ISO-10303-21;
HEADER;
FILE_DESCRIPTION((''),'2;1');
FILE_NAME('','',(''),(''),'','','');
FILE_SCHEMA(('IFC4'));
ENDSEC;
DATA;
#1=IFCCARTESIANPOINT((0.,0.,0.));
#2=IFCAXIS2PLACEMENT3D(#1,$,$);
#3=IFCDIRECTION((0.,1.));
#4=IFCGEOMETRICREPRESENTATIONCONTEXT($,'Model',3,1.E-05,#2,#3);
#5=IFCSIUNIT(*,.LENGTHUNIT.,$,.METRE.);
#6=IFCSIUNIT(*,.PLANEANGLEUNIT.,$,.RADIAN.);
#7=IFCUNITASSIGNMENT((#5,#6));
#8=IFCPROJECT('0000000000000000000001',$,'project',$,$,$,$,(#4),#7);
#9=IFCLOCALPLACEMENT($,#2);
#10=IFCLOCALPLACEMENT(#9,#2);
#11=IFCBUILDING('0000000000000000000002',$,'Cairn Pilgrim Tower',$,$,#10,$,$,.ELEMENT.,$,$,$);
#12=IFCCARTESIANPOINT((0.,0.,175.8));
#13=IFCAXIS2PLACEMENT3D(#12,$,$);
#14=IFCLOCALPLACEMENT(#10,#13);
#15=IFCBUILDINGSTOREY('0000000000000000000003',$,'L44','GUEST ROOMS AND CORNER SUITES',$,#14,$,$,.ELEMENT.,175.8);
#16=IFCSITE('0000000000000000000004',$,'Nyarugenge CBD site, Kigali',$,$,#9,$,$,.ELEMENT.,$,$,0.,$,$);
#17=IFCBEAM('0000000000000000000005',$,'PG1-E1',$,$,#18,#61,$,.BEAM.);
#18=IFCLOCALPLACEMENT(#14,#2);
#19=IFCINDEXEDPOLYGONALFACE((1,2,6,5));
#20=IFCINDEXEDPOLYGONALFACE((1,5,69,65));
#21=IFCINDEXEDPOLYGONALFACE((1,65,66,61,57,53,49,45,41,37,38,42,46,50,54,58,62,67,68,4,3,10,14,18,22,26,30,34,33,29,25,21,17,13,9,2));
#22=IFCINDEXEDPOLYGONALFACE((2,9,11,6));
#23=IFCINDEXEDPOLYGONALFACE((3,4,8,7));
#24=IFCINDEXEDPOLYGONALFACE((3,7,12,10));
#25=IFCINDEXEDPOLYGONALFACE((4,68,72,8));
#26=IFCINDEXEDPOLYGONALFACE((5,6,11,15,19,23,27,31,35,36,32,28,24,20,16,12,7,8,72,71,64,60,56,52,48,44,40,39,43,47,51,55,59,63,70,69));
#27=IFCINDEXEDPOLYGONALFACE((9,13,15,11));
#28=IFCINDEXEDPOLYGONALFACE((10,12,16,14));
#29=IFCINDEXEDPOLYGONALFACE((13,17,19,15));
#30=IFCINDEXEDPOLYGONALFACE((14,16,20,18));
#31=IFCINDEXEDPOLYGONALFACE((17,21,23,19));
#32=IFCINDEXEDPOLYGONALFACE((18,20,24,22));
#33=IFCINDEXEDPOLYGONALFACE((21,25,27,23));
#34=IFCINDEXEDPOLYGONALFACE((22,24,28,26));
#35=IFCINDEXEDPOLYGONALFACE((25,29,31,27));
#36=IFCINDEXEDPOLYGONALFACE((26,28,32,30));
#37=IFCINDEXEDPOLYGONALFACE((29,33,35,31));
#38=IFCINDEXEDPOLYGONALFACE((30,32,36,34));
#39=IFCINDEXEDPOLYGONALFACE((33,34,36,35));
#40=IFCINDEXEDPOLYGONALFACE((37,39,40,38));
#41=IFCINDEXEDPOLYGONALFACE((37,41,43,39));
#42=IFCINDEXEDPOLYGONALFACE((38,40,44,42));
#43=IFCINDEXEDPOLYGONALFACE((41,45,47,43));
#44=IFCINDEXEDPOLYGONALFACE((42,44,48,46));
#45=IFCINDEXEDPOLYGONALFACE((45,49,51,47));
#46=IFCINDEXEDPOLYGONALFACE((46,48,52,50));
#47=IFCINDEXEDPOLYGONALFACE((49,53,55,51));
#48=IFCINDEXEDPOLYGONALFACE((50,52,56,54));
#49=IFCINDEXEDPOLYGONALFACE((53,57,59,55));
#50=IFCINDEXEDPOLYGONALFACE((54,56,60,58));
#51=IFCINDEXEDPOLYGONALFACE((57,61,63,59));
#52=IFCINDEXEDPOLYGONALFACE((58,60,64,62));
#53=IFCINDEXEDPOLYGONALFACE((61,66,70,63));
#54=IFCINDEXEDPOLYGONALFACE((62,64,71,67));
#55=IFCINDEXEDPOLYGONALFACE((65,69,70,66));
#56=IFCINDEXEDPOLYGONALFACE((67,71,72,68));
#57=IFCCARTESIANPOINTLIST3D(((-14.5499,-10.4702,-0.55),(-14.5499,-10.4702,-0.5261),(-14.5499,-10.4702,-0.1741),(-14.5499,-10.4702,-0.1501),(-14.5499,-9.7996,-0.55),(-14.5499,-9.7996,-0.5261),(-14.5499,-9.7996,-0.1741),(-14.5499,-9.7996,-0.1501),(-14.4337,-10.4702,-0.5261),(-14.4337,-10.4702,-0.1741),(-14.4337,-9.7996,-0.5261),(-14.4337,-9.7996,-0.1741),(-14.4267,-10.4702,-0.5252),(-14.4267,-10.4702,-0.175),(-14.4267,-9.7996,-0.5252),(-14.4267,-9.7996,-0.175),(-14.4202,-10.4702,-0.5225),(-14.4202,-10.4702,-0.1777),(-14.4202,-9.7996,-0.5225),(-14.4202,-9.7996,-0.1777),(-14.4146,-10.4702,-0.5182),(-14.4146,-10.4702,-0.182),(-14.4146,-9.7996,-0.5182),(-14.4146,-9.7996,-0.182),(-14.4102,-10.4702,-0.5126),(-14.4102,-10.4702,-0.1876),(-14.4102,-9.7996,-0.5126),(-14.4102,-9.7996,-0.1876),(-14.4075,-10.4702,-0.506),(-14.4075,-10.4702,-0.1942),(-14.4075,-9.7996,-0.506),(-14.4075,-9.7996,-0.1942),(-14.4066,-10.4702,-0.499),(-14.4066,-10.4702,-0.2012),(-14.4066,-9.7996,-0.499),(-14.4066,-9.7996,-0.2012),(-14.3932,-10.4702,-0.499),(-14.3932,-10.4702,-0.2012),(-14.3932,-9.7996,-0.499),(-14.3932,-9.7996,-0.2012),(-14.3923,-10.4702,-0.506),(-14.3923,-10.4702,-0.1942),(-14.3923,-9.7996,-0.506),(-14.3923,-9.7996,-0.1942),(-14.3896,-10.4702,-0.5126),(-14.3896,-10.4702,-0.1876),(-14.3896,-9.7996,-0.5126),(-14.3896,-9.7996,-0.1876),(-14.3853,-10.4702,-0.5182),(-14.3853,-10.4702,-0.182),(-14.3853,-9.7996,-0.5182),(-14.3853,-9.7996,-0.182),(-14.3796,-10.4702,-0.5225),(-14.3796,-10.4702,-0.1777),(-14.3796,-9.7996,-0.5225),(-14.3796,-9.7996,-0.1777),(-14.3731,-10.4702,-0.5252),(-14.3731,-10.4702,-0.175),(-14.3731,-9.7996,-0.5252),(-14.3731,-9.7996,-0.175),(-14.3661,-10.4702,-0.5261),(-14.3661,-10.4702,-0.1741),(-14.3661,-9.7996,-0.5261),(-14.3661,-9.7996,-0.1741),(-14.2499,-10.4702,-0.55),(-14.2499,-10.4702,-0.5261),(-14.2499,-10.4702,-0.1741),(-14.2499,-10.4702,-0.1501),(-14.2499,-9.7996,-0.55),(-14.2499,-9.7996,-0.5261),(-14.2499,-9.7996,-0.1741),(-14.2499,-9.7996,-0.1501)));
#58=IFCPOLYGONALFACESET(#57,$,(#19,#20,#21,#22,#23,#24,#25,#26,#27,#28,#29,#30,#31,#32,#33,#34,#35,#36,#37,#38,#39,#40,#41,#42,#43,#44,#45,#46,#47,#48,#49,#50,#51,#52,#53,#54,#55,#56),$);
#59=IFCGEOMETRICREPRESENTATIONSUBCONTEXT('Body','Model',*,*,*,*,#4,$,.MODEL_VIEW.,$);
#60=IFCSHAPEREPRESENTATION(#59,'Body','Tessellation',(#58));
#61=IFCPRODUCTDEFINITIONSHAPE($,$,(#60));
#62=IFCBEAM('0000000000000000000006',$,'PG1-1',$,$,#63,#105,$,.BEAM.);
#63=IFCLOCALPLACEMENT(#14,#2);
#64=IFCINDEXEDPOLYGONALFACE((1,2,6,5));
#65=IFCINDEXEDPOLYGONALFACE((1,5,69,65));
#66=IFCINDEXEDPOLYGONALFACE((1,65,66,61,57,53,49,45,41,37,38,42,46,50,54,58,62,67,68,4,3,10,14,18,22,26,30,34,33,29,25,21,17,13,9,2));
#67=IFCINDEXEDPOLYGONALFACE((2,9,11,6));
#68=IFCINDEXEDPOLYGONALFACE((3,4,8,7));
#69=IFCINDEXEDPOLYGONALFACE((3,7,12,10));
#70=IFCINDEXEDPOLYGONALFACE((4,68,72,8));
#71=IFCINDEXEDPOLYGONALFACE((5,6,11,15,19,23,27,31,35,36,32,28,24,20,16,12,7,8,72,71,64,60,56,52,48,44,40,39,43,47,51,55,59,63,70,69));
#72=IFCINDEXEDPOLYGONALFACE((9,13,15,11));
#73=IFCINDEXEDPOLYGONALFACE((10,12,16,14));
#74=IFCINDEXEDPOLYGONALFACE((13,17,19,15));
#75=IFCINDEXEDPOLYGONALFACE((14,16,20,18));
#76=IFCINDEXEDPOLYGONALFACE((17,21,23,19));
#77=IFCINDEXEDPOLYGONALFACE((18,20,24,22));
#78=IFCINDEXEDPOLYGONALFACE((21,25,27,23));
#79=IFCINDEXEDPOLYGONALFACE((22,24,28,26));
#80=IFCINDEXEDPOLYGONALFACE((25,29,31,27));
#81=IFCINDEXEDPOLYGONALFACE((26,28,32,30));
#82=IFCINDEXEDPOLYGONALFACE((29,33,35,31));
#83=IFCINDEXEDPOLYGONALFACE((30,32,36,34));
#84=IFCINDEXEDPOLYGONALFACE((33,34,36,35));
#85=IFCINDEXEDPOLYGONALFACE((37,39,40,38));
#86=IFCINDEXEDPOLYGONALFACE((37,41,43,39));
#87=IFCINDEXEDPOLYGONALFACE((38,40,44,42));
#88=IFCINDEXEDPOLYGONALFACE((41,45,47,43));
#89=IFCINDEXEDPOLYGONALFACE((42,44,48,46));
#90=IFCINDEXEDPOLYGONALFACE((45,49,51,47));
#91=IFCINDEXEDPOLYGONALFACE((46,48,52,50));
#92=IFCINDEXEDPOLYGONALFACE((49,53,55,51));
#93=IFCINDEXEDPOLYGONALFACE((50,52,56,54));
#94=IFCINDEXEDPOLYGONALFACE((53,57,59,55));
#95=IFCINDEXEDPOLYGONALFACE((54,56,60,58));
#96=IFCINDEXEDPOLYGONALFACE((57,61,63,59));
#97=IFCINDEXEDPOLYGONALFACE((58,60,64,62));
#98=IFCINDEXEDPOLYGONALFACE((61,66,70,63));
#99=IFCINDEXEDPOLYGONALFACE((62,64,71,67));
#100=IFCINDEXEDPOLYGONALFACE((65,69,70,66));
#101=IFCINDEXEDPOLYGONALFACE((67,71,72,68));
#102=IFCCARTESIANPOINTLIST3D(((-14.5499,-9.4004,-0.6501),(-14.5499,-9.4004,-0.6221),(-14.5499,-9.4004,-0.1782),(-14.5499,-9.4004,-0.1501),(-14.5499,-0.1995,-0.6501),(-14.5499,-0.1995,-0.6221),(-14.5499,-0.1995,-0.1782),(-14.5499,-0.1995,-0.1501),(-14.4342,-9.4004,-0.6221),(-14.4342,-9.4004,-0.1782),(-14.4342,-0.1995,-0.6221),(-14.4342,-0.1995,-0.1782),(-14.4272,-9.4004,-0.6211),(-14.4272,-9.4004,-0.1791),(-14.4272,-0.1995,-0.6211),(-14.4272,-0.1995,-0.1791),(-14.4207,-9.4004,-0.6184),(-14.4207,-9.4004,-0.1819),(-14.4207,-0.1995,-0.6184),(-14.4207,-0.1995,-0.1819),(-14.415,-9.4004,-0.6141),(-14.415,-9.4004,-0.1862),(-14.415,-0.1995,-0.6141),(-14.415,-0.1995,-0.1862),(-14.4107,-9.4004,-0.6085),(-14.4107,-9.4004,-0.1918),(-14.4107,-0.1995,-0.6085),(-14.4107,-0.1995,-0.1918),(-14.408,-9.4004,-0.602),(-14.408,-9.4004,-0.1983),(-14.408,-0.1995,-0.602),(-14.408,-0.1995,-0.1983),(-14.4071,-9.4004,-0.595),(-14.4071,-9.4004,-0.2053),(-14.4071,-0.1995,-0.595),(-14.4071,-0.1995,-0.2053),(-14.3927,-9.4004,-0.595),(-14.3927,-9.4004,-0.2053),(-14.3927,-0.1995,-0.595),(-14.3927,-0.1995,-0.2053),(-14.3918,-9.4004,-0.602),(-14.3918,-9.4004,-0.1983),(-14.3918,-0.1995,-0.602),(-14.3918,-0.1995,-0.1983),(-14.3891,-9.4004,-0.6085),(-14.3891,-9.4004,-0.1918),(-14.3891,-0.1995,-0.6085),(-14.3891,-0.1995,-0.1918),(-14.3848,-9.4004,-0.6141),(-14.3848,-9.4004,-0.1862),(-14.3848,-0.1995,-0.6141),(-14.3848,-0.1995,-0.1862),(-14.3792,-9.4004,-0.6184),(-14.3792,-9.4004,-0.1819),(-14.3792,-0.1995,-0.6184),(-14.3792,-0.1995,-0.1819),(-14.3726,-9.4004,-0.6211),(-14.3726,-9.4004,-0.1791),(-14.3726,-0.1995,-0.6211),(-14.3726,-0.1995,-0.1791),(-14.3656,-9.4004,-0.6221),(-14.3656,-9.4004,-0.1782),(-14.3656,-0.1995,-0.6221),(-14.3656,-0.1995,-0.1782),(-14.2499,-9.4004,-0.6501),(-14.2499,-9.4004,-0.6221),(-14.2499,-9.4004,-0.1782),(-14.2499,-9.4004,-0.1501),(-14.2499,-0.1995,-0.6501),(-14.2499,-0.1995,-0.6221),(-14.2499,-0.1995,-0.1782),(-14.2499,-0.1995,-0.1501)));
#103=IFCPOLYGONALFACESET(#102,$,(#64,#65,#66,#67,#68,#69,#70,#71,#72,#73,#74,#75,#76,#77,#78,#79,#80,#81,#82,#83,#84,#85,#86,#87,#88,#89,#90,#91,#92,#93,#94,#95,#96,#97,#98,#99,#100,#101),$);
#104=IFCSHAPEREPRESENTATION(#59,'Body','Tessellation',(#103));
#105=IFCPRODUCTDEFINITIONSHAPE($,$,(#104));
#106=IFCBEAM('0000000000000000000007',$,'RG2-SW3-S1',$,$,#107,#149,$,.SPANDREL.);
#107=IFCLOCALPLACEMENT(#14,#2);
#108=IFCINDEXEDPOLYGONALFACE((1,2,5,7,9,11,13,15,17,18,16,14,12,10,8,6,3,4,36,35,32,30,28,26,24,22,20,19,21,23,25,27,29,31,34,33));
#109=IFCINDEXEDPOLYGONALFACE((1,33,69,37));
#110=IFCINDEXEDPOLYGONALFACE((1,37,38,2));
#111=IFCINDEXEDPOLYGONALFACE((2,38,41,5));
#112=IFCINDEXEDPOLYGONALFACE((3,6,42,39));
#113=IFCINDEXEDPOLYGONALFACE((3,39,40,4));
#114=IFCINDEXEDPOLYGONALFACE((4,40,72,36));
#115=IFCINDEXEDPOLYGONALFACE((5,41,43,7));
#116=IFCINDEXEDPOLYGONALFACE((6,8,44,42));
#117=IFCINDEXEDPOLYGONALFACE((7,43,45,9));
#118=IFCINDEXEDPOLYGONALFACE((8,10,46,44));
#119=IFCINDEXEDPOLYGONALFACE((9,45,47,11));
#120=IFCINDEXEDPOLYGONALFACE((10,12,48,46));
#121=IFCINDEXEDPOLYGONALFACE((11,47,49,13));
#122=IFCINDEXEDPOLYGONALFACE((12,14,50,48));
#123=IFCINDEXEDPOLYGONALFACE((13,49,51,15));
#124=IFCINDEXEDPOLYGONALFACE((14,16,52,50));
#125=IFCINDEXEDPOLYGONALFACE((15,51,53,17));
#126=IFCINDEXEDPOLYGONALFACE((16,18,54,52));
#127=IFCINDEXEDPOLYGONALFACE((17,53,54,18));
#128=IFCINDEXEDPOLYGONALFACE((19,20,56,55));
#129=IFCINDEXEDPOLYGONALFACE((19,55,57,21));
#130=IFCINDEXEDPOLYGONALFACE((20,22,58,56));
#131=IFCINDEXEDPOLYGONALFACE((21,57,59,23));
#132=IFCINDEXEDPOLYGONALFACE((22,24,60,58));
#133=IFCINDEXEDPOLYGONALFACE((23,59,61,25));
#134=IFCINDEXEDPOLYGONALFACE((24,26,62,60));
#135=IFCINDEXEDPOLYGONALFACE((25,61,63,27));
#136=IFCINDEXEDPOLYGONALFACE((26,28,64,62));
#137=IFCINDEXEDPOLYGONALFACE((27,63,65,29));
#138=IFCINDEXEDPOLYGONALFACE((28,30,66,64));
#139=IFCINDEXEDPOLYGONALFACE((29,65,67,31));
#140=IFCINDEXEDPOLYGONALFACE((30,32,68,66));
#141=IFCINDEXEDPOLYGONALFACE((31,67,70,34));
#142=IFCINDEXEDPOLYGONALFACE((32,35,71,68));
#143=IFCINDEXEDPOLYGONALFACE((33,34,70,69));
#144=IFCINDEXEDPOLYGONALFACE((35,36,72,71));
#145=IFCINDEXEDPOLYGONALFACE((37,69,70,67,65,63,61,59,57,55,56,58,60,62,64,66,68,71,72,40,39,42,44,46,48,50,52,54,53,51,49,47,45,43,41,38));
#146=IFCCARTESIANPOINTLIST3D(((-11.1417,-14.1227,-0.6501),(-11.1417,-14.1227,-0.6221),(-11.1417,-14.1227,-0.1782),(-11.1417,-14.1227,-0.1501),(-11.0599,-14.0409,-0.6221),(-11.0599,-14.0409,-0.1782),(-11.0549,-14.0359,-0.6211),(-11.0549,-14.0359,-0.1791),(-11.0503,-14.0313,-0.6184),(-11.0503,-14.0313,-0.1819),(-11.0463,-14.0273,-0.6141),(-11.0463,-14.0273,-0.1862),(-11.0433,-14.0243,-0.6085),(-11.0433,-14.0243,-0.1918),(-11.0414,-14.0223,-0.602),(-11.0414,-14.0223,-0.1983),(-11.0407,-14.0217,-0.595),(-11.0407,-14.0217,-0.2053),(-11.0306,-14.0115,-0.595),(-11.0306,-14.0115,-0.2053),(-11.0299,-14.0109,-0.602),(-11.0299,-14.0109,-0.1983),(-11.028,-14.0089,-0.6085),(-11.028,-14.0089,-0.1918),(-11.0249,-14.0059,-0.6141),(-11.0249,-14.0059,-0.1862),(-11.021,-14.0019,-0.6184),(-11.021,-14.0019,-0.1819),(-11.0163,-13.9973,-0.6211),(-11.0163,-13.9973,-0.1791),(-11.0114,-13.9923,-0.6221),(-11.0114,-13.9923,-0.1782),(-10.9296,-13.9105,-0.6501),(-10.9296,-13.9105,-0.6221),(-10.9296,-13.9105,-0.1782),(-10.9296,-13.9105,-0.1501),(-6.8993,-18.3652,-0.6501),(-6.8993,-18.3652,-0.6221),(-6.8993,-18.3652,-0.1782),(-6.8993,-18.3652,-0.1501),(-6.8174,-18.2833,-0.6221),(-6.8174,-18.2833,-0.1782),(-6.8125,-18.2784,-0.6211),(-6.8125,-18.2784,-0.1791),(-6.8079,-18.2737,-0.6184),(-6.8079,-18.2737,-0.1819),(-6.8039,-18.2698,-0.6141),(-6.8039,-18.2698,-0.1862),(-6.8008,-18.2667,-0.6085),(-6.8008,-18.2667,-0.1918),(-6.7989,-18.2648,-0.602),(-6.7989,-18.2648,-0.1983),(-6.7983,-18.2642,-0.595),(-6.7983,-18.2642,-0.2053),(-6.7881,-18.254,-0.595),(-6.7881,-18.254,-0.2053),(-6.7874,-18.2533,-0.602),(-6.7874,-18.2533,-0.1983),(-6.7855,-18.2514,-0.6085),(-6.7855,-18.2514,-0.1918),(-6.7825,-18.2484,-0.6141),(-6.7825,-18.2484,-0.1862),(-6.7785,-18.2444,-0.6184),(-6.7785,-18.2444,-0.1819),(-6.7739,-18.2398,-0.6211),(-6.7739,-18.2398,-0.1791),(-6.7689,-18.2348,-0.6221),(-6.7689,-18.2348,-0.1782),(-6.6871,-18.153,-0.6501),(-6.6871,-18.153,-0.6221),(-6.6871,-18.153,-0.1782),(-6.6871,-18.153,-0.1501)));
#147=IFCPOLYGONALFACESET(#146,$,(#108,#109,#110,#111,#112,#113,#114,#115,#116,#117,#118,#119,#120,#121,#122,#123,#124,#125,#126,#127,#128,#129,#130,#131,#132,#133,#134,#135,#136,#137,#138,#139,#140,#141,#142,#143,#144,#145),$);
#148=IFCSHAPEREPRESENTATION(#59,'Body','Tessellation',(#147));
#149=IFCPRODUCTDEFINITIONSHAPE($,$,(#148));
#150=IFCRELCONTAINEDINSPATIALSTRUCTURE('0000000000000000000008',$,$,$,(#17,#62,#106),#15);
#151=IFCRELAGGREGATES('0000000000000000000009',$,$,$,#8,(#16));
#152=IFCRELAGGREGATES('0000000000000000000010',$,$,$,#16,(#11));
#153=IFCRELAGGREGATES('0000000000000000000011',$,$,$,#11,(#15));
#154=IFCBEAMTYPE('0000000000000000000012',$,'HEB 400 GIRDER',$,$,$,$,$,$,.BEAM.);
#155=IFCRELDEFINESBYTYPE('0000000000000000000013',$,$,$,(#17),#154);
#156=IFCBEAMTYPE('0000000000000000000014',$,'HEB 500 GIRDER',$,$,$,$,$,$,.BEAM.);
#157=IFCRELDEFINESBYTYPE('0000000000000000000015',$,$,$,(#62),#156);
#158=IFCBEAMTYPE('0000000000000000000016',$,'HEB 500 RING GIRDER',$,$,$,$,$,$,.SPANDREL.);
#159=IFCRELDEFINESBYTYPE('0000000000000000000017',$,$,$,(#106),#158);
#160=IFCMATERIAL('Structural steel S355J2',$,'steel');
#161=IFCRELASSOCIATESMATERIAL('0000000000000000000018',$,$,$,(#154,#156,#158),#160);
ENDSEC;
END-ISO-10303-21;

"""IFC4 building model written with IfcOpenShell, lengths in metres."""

from ifc_helpers import new_model, si_unit, direction, frame, origin, origin_2d, place, context, subcontext, project, spatial, i_section, extrude, material, material_profile, profile_set, type_object, element, save


model = new_model("IFC4")

# Units and contexts
model_context = context("Model", 3, precision=1e-05, world=origin(), true_north=direction((0.0, 1.0)))
body_context = subcontext(model_context, "Body", "Model", "MODEL_VIEW")
ifc_project = project(units=[si_unit("LENGTHUNIT", "METRE"), si_unit("PLANEANGLEUNIT", "RADIAN")], contexts=[model_context])

# Site, building, storey
site_placement = place(None, origin())
site = spatial("IfcSite", under=ifc_project, at=site_placement, Name="Nyarugenge CBD site, Kigali", CompositionType="ELEMENT", RefElevation=0.0)
building_placement = place(site_placement, origin())
building = spatial("IfcBuilding", under=site, at=building_placement, Name="Cairn Pilgrim Tower", CompositionType="ELEMENT")
storey_placement = place(building_placement, frame((0.0, 0.0, 175.8)))
storey = spatial("IfcBuildingStorey", under=building, at=storey_placement, Name="L44", Description="GUEST ROOMS AND CORNER SUITES", CompositionType="ELEMENT", Elevation=175.8)

# Shared definitions
ifc_material_1 = material(Name="Structural steel S355J2", Category="steel")

# Beams
ifc_material_profile_1 = material_profile(ifc_material_1, i_section(OverallWidth=0.3, OverallDepth=0.3999, WebThickness=0.0134, FlangeThickness=0.0239, FilletRadius=0.0271, at=origin_2d()), Name="HEB 400")
ifc_profile_set_1 = profile_set([ifc_material_profile_1], Name="Structural steel S355J2")
beam_type_1 = type_object("IfcBeamType", Name="HEB 400 GIRDER", PredefinedType="BEAM", material=ifc_profile_set_1)
beam_1_placement = place(storey_placement, frame((-14.3999, -10.4702, -0.3501), z_axis=(0.0, 1.0, 0.0), x_axis=(-1.0, 0.0, 0.0)))
element("IfcBeam", 1, at=beam_1_placement, inside=storey, type_object=beam_type_1, Name="PG1-E1", PredefinedType="BEAM", context=body_context, shape_type="SweptSolid", body=[
    extrude(i_section(OverallWidth=0.3, OverallDepth=0.3999, WebThickness=0.0134, FlangeThickness=0.0239, FilletRadius=0.0271, at=origin_2d()), origin(), (0.0, 0.0, 1.0), 0.6707),
])
ifc_material_profile_2 = material_profile(ifc_material_1, i_section(OverallWidth=0.3, OverallDepth=0.5, WebThickness=0.0144, FlangeThickness=0.0281, FilletRadius=0.0271, at=origin_2d()), Name="HEB 500")
ifc_profile_set_2 = profile_set([ifc_material_profile_2], Name="Structural steel S355J2")
beam_type_2 = type_object("IfcBeamType", Name="HEB 500 GIRDER", PredefinedType="BEAM", material=ifc_profile_set_2)
beam_2_placement = place(storey_placement, frame((-14.3999, -9.4004, -0.4001), z_axis=(0.0, 1.0, 0.0), x_axis=(-1.0, 0.0, 0.0)))
element("IfcBeam", 2, at=beam_2_placement, inside=storey, type_object=beam_type_2, Name="PG1-1", PredefinedType="BEAM", context=body_context, shape_type="SweptSolid", body=[
    extrude(i_section(OverallWidth=0.3, OverallDepth=0.5, WebThickness=0.0144, FlangeThickness=0.0281, FilletRadius=0.0271, at=origin_2d()), origin(), (0.0, 0.0, 1.0), 9.2009),
])
ifc_material_profile_3 = material_profile(ifc_material_1, i_section(OverallWidth=0.3, OverallDepth=0.5, WebThickness=0.0144, FlangeThickness=0.0281, FilletRadius=0.0271, at=origin_2d()), Name="HEB 500")
ifc_profile_set_3 = profile_set([ifc_material_profile_3], Name="Structural steel S355J2")
beam_type_3 = type_object("IfcBeamType", Name="HEB 500 RING GIRDER", PredefinedType="SPANDREL", material=ifc_profile_set_3)
beam_3_placement = place(storey_placement, frame((-11.0356, -14.0166, -0.4001), z_axis=(0.707107, -0.707107, 0.0), x_axis=(0.707107, 0.707107, 0.0)))
element("IfcBeam", 3, at=beam_3_placement, inside=storey, type_object=beam_type_3, Name="RG2-SW3-S1", PredefinedType="SPANDREL", context=body_context, shape_type="SweptSolid", body=[
    extrude(i_section(OverallWidth=0.3, OverallDepth=0.5, WebThickness=0.0144, FlangeThickness=0.0281, FilletRadius=0.0271, at=origin_2d()), origin(), (0.0, 0.0, 1.0), 5.9998),
])

save(model, "model.ifc")
